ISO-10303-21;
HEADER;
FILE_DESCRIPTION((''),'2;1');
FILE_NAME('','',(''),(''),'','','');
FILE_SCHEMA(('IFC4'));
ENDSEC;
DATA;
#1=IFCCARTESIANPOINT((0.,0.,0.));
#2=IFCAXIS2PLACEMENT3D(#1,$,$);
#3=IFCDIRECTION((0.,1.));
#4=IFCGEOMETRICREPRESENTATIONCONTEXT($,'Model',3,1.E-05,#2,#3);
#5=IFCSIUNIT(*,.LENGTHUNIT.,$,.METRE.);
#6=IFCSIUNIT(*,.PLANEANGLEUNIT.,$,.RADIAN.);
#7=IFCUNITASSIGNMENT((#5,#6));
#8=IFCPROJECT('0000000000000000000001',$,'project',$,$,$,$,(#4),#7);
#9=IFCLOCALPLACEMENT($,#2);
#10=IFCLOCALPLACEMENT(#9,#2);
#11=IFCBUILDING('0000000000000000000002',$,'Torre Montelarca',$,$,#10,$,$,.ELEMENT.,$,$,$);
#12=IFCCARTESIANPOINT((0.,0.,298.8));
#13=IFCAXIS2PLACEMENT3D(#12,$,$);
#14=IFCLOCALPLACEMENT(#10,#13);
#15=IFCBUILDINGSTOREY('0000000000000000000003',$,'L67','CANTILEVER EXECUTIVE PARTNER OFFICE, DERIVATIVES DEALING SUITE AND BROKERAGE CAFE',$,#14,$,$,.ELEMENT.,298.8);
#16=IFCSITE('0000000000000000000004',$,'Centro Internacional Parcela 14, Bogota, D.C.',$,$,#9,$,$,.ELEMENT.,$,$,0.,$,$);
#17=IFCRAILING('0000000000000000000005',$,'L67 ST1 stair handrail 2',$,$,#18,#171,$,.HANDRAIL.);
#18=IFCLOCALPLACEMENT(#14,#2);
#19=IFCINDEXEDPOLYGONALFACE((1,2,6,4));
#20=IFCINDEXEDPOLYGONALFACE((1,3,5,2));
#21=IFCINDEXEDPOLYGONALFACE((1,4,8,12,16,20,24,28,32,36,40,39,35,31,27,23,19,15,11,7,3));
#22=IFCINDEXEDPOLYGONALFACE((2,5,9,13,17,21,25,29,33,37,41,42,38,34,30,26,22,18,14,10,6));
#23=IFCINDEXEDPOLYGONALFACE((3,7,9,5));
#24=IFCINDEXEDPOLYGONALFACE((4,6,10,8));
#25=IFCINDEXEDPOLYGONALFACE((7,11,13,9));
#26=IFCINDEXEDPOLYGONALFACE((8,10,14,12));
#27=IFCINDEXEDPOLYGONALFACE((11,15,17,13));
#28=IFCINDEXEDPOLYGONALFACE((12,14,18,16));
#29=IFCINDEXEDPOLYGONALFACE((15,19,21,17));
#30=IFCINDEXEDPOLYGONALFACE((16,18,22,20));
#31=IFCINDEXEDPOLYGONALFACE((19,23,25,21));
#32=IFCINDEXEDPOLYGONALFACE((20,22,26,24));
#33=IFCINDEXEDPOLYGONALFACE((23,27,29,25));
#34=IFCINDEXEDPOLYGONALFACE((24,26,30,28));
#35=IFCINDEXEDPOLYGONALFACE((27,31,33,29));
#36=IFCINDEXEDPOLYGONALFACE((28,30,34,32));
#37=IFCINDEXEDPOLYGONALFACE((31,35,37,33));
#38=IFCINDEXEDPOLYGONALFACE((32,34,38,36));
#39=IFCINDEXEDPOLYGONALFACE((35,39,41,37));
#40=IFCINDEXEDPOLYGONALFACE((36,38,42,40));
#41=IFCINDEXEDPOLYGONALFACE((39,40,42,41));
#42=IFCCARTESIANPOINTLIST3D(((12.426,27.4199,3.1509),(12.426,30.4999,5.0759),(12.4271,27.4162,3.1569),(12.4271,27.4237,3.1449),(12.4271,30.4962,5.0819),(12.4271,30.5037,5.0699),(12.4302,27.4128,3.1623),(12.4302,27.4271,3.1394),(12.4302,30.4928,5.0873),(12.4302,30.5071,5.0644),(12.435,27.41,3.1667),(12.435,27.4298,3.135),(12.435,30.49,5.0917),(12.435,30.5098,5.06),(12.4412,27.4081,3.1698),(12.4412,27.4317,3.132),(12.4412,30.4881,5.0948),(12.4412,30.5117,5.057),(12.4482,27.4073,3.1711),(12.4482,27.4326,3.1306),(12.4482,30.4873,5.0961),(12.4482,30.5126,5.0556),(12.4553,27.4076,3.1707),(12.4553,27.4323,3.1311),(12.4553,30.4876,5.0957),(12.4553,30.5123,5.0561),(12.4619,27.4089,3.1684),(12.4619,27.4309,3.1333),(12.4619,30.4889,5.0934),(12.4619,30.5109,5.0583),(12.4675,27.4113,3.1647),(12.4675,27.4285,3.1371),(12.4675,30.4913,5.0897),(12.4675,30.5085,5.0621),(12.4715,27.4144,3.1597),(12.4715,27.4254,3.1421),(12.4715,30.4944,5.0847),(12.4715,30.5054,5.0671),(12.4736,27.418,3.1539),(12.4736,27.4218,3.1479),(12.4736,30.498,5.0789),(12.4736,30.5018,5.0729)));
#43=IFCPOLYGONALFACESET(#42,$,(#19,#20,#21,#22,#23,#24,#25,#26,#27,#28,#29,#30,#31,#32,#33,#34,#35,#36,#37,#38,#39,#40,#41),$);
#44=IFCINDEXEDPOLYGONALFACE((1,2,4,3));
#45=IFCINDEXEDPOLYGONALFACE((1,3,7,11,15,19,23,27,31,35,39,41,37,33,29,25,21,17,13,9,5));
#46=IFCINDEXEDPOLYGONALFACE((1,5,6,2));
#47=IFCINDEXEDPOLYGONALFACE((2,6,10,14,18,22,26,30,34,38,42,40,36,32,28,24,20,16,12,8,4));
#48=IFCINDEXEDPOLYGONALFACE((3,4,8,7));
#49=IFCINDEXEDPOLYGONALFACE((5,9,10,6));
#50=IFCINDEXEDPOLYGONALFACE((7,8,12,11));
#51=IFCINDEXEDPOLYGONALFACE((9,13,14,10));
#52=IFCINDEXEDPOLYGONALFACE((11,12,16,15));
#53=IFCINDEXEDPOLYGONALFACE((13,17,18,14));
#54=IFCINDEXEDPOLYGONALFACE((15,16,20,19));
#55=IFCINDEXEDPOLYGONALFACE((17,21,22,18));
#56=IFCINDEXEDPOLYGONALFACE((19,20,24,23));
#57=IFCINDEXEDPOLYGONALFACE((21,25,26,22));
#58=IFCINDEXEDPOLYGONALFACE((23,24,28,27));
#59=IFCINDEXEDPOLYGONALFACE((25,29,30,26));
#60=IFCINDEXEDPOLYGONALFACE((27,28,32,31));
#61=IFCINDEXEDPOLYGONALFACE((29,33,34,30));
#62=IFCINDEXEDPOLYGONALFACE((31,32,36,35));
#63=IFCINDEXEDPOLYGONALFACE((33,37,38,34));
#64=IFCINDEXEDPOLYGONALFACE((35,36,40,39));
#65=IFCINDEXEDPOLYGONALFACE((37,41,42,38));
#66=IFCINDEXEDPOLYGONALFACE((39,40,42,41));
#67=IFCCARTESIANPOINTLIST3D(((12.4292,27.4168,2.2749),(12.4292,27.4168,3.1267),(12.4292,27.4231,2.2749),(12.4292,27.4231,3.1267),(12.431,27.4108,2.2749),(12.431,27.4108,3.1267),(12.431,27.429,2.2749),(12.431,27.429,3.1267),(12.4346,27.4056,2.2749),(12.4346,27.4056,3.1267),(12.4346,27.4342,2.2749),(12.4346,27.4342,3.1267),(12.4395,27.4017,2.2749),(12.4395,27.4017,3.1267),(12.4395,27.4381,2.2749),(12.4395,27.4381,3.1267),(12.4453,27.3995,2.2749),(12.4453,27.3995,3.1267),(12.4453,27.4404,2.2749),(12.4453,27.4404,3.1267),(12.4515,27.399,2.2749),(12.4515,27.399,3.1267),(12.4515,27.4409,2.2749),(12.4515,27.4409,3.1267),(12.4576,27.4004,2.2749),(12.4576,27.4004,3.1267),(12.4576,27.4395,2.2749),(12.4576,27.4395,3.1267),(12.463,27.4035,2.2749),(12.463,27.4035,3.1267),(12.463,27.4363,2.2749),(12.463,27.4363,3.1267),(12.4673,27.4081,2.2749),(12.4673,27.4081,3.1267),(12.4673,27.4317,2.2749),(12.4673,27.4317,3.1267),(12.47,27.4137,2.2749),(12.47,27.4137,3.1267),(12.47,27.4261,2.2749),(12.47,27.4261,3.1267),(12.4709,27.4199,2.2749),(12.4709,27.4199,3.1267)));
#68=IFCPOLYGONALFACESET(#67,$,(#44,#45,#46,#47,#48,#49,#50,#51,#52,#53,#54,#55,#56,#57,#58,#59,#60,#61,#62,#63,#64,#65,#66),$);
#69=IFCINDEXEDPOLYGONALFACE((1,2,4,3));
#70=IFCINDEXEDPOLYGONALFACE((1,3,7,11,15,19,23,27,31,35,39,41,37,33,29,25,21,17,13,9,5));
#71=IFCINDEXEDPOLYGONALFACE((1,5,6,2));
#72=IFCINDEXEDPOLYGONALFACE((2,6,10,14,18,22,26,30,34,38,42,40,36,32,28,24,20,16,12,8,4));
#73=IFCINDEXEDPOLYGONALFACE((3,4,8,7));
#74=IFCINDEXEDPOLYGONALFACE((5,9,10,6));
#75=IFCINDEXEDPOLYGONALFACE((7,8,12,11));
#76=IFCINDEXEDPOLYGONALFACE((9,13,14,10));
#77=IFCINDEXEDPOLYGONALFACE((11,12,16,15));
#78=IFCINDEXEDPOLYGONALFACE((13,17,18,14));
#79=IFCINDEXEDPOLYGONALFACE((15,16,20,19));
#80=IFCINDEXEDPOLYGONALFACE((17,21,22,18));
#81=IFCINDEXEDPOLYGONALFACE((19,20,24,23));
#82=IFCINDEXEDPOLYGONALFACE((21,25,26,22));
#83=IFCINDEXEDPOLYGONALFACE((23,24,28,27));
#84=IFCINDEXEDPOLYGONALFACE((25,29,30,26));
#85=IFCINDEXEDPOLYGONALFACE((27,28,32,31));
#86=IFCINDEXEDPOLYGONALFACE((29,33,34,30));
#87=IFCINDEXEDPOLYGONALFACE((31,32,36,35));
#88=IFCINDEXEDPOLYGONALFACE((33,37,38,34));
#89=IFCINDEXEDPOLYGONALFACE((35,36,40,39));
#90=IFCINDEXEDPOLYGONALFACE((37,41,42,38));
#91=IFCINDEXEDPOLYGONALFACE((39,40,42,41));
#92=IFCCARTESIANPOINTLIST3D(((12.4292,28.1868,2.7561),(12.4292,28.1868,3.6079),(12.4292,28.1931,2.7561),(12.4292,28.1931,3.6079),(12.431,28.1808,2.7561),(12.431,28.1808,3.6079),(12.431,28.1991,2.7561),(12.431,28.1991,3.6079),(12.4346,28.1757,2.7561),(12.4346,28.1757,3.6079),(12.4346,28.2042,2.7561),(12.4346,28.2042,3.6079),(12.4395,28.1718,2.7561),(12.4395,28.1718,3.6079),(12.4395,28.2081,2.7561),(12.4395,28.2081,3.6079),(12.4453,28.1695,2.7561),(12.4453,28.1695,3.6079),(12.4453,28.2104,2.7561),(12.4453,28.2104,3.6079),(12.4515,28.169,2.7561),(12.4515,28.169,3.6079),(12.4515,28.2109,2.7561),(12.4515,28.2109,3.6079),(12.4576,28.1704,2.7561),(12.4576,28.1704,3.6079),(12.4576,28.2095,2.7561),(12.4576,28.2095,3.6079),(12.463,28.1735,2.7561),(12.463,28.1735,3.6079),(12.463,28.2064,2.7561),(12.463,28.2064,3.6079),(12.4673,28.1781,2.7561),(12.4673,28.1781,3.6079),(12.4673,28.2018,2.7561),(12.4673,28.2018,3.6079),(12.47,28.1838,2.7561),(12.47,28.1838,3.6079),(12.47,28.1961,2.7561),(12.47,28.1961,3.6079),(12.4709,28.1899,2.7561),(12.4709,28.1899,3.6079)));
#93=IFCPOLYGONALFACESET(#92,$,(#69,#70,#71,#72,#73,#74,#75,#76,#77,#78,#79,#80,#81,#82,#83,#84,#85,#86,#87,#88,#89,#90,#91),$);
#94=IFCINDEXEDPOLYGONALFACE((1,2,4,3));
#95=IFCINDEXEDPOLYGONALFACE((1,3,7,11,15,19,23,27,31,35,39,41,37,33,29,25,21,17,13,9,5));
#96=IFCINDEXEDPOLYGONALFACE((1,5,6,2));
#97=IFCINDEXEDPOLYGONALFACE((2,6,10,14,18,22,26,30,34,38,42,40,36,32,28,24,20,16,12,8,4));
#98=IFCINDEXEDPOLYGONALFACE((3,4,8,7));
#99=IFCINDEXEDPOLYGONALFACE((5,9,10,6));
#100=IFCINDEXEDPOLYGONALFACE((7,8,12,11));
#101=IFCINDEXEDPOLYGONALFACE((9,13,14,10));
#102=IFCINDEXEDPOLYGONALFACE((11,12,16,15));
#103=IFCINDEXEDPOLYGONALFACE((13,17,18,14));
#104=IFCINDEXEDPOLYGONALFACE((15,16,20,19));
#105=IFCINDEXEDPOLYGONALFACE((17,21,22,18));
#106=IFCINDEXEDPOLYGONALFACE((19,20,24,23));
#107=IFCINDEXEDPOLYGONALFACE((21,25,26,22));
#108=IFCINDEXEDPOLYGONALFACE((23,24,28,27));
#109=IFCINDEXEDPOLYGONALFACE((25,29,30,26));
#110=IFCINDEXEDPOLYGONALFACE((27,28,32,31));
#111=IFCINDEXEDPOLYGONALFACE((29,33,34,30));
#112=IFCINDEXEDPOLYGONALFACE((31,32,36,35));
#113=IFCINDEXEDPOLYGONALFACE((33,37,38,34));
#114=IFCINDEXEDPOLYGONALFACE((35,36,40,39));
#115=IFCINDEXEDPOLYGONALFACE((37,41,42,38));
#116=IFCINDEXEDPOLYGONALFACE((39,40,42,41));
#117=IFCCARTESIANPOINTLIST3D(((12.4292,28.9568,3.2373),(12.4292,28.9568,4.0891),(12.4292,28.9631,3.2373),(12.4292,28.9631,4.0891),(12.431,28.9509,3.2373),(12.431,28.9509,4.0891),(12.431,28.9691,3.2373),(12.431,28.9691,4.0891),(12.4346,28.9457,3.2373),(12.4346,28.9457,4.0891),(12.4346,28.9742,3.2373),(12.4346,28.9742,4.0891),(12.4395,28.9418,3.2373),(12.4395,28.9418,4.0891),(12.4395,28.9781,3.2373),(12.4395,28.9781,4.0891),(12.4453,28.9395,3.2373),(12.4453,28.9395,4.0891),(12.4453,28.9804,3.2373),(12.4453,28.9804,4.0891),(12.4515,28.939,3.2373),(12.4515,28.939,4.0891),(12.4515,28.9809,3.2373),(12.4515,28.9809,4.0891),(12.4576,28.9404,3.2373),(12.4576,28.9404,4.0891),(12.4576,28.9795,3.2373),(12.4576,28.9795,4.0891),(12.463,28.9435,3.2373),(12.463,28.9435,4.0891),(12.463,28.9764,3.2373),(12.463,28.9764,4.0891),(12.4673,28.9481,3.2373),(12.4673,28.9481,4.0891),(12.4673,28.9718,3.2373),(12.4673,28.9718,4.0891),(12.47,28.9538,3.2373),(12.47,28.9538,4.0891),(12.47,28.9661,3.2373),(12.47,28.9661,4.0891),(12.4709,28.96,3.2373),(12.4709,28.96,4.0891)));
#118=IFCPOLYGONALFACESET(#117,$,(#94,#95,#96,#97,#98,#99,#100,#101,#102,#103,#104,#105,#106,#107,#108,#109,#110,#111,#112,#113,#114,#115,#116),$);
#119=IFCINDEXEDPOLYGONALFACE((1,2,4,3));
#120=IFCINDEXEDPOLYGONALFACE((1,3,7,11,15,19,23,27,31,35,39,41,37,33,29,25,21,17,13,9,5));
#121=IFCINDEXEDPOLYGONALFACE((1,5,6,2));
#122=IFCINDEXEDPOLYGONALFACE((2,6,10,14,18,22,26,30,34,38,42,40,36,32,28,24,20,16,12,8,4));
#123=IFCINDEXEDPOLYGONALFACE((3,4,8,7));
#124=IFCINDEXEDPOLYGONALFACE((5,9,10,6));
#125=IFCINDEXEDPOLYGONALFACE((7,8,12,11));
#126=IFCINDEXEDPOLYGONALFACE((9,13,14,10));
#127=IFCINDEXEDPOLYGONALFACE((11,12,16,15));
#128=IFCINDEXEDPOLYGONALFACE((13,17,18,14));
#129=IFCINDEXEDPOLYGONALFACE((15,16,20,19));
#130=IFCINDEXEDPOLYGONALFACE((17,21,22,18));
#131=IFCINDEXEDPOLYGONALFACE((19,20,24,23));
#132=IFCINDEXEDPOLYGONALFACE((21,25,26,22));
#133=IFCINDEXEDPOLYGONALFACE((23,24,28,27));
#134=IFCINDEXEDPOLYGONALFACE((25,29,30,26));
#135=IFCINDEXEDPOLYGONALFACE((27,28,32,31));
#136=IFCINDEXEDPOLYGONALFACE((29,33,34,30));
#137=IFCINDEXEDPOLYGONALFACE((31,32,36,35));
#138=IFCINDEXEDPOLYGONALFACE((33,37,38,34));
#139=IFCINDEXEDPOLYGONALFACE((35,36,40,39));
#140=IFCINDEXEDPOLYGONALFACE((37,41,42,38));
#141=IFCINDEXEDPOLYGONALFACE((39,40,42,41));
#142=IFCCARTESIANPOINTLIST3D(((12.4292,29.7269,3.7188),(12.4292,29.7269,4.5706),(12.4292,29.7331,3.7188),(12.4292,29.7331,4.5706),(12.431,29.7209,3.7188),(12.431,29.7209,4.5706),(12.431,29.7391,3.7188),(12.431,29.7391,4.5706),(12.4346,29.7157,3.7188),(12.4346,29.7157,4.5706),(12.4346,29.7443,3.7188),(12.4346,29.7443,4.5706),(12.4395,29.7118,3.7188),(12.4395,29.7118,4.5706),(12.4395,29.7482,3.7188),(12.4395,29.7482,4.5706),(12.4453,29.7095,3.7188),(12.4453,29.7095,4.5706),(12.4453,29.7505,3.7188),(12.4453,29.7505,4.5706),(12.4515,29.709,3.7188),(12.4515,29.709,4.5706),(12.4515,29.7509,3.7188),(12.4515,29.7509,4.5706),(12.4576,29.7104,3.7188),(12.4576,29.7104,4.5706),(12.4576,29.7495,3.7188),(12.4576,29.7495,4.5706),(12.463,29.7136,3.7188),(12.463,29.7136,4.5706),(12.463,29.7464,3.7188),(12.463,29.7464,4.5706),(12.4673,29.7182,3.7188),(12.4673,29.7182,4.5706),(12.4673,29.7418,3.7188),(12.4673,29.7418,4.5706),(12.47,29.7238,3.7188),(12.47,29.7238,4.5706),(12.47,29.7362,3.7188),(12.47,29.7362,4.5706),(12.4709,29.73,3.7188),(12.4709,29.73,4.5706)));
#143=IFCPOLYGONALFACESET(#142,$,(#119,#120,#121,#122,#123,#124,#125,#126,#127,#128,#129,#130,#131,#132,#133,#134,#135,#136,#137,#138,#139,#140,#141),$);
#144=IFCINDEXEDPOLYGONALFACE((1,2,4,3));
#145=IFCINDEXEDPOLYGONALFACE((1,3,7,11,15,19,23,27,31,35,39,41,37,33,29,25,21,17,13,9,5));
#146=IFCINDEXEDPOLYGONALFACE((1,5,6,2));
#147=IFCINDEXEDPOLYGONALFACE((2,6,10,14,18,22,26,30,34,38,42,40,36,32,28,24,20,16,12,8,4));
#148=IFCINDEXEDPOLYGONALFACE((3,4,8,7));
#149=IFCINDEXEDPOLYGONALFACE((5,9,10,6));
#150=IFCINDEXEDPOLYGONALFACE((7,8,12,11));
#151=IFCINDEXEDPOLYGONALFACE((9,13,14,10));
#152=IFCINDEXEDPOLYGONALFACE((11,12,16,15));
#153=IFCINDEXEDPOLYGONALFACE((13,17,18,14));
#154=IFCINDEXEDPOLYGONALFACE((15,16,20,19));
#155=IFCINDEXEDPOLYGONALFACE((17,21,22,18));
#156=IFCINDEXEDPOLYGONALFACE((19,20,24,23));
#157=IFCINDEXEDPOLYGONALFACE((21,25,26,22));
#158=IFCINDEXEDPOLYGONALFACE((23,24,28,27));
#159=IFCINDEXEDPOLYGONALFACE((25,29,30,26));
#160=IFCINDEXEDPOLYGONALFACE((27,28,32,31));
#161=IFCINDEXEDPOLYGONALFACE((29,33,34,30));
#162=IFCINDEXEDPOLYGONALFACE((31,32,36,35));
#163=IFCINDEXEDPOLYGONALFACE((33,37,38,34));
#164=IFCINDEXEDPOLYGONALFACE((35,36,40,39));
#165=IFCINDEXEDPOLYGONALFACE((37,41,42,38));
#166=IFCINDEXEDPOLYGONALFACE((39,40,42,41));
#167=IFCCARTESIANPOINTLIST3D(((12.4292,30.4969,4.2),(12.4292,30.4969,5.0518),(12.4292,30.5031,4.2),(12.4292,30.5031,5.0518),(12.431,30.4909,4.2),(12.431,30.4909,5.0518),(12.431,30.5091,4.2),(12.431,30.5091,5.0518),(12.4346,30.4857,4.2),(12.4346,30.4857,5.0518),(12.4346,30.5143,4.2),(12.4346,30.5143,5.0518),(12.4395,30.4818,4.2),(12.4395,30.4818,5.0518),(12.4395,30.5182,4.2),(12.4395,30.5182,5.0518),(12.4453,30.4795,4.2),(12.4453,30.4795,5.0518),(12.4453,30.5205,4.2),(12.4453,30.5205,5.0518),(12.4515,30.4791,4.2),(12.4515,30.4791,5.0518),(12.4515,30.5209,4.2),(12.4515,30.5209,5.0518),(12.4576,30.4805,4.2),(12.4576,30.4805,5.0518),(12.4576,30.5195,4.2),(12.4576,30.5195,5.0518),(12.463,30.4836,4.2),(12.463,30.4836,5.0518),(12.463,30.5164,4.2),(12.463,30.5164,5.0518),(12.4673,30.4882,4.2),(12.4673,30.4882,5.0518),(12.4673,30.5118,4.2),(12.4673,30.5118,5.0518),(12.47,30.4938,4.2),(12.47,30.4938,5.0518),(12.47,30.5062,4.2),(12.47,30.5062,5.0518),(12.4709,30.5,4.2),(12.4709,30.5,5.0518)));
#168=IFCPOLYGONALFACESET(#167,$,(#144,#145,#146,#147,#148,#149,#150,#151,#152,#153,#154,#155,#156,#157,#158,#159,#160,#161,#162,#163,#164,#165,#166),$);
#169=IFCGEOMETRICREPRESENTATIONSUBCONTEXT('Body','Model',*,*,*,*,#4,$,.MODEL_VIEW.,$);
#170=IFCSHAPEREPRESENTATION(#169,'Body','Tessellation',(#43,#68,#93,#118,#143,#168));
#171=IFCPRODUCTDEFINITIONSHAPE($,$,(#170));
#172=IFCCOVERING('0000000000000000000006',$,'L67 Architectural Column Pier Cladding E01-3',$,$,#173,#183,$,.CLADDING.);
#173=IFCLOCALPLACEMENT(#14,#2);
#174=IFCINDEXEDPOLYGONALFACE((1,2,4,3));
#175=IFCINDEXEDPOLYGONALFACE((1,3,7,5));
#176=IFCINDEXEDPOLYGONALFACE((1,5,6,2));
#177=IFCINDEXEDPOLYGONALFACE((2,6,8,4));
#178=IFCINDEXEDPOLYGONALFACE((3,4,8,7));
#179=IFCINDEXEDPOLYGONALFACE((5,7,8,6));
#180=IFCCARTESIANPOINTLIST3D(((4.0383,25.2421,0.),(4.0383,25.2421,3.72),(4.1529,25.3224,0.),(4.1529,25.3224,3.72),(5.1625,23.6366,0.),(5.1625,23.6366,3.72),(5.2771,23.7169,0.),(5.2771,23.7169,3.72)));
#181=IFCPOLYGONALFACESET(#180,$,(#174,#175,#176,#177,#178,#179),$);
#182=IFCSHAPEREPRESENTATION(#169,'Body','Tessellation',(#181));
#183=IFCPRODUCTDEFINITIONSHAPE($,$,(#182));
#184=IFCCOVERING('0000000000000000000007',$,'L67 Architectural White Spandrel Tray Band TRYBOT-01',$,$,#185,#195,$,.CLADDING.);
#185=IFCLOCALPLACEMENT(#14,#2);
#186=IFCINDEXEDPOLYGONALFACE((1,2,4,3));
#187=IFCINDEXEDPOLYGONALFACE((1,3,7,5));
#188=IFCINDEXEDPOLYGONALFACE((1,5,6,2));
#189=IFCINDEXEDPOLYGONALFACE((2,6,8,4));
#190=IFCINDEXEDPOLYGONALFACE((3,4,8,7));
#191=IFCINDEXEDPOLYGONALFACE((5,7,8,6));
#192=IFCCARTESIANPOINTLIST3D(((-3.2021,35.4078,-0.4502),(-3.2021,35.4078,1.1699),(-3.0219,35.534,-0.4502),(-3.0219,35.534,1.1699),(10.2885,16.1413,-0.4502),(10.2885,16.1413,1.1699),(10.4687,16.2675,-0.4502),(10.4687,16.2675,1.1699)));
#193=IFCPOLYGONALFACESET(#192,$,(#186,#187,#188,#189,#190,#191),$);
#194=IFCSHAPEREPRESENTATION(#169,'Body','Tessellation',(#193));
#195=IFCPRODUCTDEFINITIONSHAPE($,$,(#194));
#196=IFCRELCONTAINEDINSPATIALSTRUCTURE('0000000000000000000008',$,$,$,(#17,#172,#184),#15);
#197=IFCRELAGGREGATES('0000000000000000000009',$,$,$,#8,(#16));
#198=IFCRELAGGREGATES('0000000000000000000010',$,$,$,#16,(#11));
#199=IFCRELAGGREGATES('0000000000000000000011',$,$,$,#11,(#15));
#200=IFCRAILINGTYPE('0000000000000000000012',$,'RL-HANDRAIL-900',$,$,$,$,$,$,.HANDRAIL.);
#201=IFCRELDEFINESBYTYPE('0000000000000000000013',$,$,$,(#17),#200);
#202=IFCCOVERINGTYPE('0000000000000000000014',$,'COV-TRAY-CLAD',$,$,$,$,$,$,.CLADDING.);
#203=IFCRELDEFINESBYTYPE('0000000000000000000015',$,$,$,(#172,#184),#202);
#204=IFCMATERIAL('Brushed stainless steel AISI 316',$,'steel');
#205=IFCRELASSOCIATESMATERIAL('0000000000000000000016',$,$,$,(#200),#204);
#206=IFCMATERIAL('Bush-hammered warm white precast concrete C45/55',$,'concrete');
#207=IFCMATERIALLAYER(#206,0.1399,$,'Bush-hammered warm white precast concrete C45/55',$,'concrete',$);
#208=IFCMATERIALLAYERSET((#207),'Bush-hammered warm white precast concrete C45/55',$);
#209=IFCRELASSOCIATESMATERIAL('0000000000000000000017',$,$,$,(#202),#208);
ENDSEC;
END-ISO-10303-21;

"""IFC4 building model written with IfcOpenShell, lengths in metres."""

from ifc_helpers import new_model, si_unit, direction, frame, origin, origin_2d, place, context, subcontext, project, spatial, rectangle, circle, extrude, source, transform, mapped, material, layer, layer_set, type_object, element, save


model = new_model("IFC4")

# Units and contexts
model_context = context("Model", 3, precision=1e-05, world=origin(), true_north=direction((0.0, 1.0)))
body_context = subcontext(model_context, "Body", "Model", "MODEL_VIEW")
ifc_project = project(units=[si_unit("LENGTHUNIT", "METRE"), si_unit("PLANEANGLEUNIT", "RADIAN")], contexts=[model_context])

# Site, building, storey
site_placement = place(None, origin())
site = spatial("IfcSite", under=ifc_project, at=site_placement, Name="Centro Internacional Parcela 14, Bogota, D.C.", CompositionType="ELEMENT", RefElevation=0.0)
building_placement = place(site_placement, origin())
building = spatial("IfcBuilding", under=site, at=building_placement, Name="Torre Montelarca", CompositionType="ELEMENT")
storey_placement = place(building_placement, frame((0.0, 0.0, 298.8)))
storey = spatial("IfcBuildingStorey", under=building, at=storey_placement, Name="L67", Description="CANTILEVER EXECUTIVE PARTNER OFFICE, DERIVATIVES DEALING SUITE AND BROKERAGE CAFE", CompositionType="ELEMENT", Elevation=298.8)

# Railing
ifc_material_1 = material(Name="Brushed stainless steel AISI 316", Category="steel")
railing_type_1 = type_object("IfcRailingType", Name="RL-HANDRAIL-900", PredefinedType="HANDRAIL", material=ifc_material_1)
railing_1_placement = place(storey_placement, frame((12.45, 27.4199, 2.2749)))
element("IfcRailing", 1, at=railing_1_placement, inside=storey, type_object=railing_type_1, Name="L67 ST1 stair handrail 2", PredefinedType="HANDRAIL", context=body_context, shape_type="SweptSolid", body=[
    extrude(circle(Radius=0.0239, at=origin_2d()), frame((0.0, 0.0, 0.876), z_axis=(0.0, 0.847998, 0.529999), x_axis=(-1.0, 0.0, 0.0)), (0.0, 0.0, 1.0), 3.6321),
    extrude(circle(Radius=0.021, at=origin_2d()), origin(), (0.0, 0.0, 1.0), 0.8518),
    extrude(circle(Radius=0.021, at=origin_2d()), frame((0.0, 0.77, 0.4812)), (0.0, 0.0, 1.0), 0.8518),
    extrude(circle(Radius=0.021, at=origin_2d()), frame((0.0, 1.54, 0.9624)), (0.0, 0.0, 1.0), 0.8518),
    extrude(circle(Radius=0.021, at=origin_2d()), frame((0.0, 2.3101, 1.4438)), (0.0, 0.0, 1.0), 0.8518),
    extrude(circle(Radius=0.021, at=origin_2d()), frame((0.0, 3.0801, 1.925)), (0.0, 0.0, 1.0), 0.8518),
])

# Coverings
ifc_material_2 = material(Name="Bush-hammered warm white precast concrete C45/55", Category="concrete")
ifc_layer_1 = layer(ifc_material_2, 0.1399, Name="Bush-hammered warm white precast concrete C45/55", Category="concrete")
ifc_layer_set_1 = layer_set([ifc_layer_1], Name="Bush-hammered warm white precast concrete C45/55")
covering_type = type_object("IfcCoveringType", Name="COV-TRAY-CLAD", PredefinedType="CLADDING", material=ifc_layer_set_1)
shared_shape_1 = source(origin(), body_context, "Body", "SweptSolid", [
    extrude(rectangle(XDim=1.96, YDim=0.1399, at=origin_2d()), origin(), (0.0, 0.0, 1.0), 3.72),
])
covering_1_placement = place(storey_placement, frame((4.6577, 24.4795, 0.0), z_axis=(0.0, 0.0, 1.0), x_axis=(0.573572, -0.819155, 0.0)))
element("IfcCovering", 2, at=covering_1_placement, inside=storey, type_object=covering_type, Name="L67 Architectural Column Pier Cladding E01-3", PredefinedType="CLADDING", context=body_context, shape_type="MappedRepresentation", body=[
    mapped(shared_shape_1, transform((0.0, 0.0, 0.0), scale=1.0)),
])
shared_shape_2 = source(origin(), body_context, "Body", "SweptSolid", [
    extrude(rectangle(XDim=23.52, YDim=0.22, at=origin_2d()), origin(), (0.0, 0.0, 1.0), 1.6201),
])
covering_2_placement = place(storey_placement, frame((3.6333, 25.8376, -0.4502), z_axis=(0.0, 0.0, 1.0), x_axis=(0.573576, -0.819152, 0.0)))
element("IfcCovering", 3, at=covering_2_placement, inside=storey, type_object=covering_type, Name="L67 Architectural White Spandrel Tray Band TRYBOT-01", PredefinedType="CLADDING", context=body_context, shape_type="MappedRepresentation", body=[
    mapped(shared_shape_2, transform((0.0, 0.0, 0.0), scale=1.0)),
])

save(model, "model.ifc")
